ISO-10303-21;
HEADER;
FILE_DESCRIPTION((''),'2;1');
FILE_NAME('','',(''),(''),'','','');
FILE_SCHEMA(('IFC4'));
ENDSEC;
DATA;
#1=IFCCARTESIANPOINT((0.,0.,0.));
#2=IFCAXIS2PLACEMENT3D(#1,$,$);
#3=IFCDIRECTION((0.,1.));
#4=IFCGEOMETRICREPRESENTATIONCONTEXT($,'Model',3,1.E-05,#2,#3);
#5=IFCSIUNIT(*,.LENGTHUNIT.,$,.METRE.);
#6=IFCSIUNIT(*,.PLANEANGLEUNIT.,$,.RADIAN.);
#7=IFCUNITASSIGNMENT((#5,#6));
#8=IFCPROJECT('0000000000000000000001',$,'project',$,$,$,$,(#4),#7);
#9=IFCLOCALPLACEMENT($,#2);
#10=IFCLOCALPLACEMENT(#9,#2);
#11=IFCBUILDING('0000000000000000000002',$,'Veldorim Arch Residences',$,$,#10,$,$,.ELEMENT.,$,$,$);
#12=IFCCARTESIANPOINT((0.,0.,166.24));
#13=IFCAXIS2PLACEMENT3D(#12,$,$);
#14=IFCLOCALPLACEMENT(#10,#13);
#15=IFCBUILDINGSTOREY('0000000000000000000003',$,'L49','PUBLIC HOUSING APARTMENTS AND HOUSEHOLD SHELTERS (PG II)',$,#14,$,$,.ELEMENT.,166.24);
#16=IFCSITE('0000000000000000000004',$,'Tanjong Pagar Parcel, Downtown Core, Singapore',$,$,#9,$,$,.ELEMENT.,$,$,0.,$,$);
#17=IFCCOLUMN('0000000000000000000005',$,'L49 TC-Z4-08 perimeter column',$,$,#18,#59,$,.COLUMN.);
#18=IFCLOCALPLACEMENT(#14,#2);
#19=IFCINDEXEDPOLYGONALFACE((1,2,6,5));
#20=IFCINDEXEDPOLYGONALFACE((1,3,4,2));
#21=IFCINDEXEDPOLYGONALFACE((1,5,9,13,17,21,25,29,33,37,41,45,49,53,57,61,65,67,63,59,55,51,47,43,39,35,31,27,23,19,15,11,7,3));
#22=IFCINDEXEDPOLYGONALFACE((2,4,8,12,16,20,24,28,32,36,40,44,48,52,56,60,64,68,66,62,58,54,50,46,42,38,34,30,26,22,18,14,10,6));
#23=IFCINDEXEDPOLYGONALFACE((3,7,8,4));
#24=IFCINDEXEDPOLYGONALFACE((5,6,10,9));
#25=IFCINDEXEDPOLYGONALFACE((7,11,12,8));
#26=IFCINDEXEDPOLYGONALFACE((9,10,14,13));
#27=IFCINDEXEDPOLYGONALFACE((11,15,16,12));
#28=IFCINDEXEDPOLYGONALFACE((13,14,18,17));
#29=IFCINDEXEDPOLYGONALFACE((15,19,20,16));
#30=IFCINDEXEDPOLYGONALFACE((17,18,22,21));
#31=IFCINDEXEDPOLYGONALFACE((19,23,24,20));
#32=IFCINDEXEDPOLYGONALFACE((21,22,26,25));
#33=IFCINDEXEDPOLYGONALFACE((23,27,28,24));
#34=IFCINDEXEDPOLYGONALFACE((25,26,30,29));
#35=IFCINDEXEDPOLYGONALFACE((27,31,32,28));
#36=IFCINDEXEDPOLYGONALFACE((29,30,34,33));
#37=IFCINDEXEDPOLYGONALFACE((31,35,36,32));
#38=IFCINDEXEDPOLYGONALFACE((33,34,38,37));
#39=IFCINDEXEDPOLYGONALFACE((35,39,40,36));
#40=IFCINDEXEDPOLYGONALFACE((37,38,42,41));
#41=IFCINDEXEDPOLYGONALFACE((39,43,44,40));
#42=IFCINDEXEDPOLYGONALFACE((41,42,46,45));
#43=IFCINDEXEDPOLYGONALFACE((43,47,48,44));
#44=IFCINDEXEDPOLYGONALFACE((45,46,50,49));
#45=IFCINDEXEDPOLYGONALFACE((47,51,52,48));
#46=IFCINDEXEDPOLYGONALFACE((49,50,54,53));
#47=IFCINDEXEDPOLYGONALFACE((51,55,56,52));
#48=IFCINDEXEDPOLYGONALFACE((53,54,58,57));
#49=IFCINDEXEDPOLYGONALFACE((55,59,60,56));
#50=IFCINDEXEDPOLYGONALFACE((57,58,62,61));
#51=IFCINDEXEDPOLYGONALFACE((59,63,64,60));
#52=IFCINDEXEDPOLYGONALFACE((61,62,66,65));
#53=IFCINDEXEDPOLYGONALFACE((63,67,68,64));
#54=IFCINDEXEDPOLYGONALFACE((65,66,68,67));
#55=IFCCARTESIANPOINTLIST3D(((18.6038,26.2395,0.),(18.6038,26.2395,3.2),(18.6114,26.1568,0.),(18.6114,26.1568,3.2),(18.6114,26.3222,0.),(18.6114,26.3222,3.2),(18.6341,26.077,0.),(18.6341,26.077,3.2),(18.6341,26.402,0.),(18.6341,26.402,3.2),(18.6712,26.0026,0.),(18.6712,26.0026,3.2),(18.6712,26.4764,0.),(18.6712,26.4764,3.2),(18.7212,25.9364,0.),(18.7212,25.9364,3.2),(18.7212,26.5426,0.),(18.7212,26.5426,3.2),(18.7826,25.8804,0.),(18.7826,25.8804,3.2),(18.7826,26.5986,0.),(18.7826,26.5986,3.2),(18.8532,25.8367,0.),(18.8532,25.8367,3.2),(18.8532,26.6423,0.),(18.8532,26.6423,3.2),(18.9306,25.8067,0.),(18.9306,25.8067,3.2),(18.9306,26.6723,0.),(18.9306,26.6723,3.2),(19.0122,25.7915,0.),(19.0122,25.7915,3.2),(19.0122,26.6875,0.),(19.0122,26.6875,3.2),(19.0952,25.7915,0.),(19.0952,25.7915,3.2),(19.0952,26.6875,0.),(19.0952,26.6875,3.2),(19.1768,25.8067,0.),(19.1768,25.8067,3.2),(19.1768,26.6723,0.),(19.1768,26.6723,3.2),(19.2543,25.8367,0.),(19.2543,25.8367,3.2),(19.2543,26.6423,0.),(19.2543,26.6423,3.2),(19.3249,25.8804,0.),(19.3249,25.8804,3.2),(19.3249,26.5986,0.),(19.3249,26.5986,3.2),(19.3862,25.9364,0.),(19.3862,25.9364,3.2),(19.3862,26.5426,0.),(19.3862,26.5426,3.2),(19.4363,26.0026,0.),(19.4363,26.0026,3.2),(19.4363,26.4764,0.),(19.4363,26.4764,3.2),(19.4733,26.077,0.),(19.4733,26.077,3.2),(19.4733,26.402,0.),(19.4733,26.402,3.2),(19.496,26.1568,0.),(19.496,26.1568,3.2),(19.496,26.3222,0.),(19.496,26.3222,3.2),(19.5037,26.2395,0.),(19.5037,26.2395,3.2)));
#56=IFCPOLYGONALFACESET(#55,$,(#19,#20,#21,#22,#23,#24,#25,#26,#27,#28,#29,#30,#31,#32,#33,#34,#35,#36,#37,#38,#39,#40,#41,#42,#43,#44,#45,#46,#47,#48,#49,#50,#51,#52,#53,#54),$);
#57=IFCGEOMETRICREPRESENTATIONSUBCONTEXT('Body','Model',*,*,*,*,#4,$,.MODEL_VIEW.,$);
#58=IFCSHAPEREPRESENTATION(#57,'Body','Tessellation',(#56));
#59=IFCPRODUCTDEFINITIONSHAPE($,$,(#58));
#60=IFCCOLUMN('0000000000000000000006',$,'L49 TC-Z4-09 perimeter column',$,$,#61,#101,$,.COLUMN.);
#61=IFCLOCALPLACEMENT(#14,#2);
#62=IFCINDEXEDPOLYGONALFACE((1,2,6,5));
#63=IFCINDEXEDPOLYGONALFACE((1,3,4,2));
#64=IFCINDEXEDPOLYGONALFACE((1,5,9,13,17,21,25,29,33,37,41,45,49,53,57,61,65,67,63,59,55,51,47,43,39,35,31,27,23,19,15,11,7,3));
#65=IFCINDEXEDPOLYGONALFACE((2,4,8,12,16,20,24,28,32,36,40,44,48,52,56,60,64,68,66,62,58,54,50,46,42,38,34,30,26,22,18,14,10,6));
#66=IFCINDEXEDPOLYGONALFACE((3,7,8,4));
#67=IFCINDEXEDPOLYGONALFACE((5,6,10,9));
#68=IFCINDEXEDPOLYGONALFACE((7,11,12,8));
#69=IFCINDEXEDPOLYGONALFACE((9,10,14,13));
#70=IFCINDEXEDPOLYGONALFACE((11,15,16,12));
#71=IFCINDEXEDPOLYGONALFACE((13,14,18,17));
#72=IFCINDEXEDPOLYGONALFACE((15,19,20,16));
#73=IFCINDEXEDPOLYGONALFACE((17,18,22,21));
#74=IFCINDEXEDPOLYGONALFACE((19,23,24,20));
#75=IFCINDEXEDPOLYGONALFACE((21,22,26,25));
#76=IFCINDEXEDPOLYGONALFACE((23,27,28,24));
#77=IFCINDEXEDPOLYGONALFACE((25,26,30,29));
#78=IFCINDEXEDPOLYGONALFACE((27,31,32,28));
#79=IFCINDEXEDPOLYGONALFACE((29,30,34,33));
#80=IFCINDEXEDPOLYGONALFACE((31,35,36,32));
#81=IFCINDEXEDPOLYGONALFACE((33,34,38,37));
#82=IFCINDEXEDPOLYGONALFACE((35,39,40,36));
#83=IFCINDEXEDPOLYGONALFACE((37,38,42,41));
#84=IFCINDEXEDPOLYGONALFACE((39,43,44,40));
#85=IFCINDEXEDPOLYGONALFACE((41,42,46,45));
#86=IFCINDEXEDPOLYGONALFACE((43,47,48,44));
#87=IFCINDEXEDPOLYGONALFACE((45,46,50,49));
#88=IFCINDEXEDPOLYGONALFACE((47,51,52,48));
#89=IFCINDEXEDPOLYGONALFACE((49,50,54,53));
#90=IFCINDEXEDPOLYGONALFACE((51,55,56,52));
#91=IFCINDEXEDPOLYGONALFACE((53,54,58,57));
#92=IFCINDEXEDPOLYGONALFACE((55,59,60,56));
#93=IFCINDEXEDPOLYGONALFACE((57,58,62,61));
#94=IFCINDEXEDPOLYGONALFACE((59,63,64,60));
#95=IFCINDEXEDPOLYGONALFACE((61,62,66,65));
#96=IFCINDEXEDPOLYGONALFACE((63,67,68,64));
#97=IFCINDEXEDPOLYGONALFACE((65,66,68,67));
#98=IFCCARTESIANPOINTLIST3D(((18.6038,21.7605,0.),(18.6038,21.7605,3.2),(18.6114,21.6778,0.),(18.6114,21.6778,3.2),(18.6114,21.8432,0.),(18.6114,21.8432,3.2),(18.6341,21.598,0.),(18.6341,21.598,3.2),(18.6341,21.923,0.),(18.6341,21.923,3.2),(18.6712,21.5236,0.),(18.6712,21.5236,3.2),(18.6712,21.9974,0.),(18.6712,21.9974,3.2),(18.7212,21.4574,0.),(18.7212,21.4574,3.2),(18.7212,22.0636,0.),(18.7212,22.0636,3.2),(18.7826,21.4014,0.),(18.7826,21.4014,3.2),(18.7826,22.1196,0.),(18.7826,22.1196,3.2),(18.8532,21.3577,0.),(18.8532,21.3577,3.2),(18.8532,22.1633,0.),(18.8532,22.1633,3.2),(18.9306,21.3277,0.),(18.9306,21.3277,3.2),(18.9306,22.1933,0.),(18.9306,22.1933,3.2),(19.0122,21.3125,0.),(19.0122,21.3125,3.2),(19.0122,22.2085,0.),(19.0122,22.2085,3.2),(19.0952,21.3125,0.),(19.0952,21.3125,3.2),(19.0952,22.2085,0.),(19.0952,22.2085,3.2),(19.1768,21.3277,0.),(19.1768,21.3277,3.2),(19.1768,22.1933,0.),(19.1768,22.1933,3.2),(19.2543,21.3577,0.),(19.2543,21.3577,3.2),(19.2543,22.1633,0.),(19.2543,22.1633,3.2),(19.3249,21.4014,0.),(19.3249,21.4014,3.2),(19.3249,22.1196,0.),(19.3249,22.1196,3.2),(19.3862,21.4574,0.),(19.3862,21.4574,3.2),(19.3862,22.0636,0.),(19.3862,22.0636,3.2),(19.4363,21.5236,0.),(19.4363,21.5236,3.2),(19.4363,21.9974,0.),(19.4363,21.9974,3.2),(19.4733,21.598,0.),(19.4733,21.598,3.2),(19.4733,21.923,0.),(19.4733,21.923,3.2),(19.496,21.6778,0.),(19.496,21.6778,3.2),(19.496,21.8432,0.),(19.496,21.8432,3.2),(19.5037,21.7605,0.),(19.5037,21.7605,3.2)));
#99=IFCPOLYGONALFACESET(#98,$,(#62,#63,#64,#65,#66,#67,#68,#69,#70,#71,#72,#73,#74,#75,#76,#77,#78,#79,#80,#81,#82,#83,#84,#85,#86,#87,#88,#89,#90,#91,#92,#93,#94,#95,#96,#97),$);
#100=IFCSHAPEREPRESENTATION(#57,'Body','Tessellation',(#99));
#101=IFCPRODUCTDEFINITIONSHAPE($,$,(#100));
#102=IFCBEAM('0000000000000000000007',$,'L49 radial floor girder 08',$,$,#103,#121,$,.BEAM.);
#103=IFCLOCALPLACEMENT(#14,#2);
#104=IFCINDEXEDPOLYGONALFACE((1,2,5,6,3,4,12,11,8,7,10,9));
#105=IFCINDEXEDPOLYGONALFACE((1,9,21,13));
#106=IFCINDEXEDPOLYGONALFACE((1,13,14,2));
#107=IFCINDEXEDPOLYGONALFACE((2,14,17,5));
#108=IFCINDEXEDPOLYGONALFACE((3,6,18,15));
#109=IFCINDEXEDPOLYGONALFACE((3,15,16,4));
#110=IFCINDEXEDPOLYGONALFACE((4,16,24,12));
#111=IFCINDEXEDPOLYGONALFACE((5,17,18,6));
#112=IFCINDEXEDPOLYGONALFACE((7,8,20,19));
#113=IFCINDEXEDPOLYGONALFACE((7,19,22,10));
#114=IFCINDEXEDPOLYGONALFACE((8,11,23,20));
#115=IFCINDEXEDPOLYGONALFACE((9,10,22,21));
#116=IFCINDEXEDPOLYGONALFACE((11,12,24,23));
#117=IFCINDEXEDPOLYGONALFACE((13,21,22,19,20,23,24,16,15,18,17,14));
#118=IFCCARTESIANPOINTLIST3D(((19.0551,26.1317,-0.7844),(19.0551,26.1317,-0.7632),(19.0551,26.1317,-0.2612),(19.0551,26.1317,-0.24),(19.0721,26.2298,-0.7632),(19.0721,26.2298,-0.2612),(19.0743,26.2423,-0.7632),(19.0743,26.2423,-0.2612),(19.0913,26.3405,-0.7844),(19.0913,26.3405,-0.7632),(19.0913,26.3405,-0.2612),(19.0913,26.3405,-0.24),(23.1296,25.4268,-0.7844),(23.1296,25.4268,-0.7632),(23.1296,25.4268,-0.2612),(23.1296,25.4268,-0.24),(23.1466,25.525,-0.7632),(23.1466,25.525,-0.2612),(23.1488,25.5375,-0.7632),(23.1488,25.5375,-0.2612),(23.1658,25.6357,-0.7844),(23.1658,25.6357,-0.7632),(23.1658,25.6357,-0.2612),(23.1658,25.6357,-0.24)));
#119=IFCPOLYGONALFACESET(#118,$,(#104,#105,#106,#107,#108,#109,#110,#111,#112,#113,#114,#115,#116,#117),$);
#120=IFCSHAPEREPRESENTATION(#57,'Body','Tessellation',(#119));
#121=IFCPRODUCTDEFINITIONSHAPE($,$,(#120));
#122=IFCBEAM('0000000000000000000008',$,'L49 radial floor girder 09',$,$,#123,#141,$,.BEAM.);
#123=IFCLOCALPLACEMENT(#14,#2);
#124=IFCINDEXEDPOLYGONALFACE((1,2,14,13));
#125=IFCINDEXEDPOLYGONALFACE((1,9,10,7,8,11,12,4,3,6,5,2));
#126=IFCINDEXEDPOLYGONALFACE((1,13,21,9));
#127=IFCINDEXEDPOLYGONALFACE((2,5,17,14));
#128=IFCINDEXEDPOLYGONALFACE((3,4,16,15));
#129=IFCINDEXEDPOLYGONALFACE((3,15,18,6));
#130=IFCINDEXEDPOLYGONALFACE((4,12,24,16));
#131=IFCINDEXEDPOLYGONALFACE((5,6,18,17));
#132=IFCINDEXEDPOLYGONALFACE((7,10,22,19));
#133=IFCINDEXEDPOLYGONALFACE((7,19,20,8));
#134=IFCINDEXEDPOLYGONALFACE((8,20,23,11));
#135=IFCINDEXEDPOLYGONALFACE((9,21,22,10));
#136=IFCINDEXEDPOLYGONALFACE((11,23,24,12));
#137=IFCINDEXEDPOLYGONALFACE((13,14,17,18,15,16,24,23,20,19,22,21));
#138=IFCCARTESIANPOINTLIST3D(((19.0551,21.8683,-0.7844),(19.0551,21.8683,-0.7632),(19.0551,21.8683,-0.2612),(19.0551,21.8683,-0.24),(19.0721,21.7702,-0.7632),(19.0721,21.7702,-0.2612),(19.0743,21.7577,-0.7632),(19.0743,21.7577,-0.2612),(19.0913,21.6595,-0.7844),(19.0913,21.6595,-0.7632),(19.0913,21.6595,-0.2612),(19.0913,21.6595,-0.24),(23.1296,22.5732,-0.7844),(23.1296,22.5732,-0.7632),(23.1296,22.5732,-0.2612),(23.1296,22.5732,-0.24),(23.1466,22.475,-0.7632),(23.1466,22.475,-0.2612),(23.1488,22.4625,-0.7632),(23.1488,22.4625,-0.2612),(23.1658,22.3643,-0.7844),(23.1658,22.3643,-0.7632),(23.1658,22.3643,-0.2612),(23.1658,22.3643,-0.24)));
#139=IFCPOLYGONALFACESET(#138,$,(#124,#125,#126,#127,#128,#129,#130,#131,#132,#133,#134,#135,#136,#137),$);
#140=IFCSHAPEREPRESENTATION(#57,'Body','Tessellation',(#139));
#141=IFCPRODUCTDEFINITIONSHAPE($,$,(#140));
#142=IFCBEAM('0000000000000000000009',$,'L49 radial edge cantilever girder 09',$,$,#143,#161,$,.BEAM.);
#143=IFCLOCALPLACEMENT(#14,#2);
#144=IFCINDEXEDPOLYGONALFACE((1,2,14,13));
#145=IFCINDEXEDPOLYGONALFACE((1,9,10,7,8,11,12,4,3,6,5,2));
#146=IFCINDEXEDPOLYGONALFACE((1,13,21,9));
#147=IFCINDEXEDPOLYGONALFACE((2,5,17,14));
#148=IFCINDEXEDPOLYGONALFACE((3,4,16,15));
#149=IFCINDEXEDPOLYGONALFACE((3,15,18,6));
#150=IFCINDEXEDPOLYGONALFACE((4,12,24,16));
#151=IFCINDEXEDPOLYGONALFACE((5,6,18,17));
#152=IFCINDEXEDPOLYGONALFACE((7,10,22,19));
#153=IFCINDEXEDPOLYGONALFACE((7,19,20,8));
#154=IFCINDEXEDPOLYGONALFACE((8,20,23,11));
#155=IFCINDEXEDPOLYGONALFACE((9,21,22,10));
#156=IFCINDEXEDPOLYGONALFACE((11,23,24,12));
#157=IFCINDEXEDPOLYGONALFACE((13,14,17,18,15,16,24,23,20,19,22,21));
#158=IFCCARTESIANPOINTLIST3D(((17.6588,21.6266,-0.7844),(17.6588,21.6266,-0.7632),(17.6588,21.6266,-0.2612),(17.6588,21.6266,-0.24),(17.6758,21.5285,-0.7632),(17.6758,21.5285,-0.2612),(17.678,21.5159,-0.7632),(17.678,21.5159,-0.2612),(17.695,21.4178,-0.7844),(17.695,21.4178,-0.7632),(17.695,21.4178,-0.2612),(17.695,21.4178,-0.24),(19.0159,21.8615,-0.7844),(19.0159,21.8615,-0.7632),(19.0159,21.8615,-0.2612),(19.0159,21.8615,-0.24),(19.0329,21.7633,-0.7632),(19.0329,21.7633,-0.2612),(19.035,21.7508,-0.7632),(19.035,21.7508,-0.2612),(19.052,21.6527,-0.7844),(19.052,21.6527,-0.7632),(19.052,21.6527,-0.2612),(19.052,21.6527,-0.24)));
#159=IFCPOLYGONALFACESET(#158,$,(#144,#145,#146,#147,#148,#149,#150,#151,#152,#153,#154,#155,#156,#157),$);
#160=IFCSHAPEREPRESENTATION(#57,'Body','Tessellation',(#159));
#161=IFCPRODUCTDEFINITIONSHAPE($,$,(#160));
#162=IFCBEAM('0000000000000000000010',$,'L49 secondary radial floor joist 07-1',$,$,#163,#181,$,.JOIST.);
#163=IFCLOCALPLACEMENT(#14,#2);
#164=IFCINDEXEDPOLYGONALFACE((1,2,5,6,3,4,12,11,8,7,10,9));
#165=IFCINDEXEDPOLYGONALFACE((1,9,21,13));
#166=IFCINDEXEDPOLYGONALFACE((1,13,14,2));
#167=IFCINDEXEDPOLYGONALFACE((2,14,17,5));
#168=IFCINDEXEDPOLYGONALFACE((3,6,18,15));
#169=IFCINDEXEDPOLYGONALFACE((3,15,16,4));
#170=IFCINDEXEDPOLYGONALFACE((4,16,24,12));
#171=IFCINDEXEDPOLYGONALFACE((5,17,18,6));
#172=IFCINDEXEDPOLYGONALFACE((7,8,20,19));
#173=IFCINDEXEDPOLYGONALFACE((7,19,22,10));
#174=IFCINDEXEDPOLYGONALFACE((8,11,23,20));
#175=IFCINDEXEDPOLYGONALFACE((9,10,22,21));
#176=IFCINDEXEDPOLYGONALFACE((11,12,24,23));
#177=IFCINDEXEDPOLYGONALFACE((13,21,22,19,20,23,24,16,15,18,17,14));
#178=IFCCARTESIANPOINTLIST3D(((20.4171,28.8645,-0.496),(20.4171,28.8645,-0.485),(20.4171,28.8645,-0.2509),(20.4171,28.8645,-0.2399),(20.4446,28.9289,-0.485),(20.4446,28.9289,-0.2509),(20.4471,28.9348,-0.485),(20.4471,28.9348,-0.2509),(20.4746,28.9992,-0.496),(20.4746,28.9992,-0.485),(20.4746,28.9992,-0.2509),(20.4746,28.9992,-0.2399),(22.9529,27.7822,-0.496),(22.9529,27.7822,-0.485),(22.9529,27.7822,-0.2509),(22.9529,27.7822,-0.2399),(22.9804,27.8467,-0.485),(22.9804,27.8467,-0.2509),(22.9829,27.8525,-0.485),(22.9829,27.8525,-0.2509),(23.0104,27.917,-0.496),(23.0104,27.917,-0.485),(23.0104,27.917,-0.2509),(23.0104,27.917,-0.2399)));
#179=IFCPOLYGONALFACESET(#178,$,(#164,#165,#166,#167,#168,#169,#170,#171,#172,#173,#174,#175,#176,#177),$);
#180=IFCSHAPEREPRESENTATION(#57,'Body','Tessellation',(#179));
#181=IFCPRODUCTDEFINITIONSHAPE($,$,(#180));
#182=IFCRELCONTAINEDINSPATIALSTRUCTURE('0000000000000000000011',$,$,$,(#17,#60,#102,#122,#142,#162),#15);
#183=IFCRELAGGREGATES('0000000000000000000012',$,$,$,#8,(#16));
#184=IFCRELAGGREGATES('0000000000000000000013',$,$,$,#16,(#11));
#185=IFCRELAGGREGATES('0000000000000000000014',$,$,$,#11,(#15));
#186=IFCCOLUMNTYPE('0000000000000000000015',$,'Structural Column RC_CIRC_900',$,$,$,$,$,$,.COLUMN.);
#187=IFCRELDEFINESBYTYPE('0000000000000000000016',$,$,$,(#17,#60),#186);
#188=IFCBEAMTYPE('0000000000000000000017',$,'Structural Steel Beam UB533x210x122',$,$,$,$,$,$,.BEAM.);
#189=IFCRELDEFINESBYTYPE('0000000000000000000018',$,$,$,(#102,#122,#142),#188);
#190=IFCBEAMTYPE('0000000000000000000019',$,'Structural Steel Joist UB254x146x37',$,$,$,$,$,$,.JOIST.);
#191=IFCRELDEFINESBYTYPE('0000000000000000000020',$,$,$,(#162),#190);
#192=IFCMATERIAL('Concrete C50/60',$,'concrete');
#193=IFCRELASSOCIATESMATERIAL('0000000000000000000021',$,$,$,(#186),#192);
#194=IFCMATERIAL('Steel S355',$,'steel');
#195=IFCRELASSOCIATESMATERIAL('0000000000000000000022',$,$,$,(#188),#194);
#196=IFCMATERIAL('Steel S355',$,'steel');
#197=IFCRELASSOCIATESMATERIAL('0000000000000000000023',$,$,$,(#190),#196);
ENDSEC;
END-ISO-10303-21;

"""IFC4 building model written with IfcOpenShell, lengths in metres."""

from ifc_helpers import new_model, si_unit, direction, frame, origin, origin_2d, place, context, subcontext, project, spatial, circle, i_section, extrude, material, material_profile, profile_set, type_object, element, save


model = new_model("IFC4")

# Units and contexts
model_context = context("Model", 3, precision=1e-05, world=origin(), true_north=direction((0.0, 1.0)))
body_context = subcontext(model_context, "Body", "Model", "MODEL_VIEW")
ifc_project = project(units=[si_unit("LENGTHUNIT", "METRE"), si_unit("PLANEANGLEUNIT", "RADIAN")], contexts=[model_context])

# Site, building, storey
site_placement = place(None, origin())
site = spatial("IfcSite", under=ifc_project, at=site_placement, Name="Tanjong Pagar Parcel, Downtown Core, Singapore", CompositionType="ELEMENT", RefElevation=0.0)
building_placement = place(site_placement, origin())
building = spatial("IfcBuilding", under=site, at=building_placement, Name="Veldorim Arch Residences", CompositionType="ELEMENT")
storey_placement = place(building_placement, frame((0.0, 0.0, 166.24)))
storey = spatial("IfcBuildingStorey", under=building, at=storey_placement, Name="L49", Description="PUBLIC HOUSING APARTMENTS AND HOUSEHOLD SHELTERS (PG II)", CompositionType="ELEMENT", Elevation=166.24)

# Columns
ifc_material_1 = material(Name="Concrete C50/60", Category="concrete")
ifc_material_profile_1 = material_profile(ifc_material_1, circle(Radius=0.45, at=origin_2d()), Name="RC_CIRC_900")
ifc_profile_set_1 = profile_set([ifc_material_profile_1], Name="Concrete C50/60")
column_type = type_object("IfcColumnType", Name="Structural Column RC_CIRC_900", PredefinedType="COLUMN", material=ifc_profile_set_1)
for number, where, z_axis, x_axis, name in (
    (1, (19.0537, 26.2395, 0.0), (0.0, 0.0, 1.0), (1.0, 0.0, 0.0), "L49 TC-Z4-08 perimeter column"),
    (2, (19.0537, 21.7605, 0.0), (0.0, 0.0, 1.0), (1.0, 0.0, 0.0), "L49 TC-Z4-09 perimeter column"),
):
    element("IfcColumn", number, at=place(storey_placement, frame(where, z_axis=z_axis, x_axis=x_axis)), inside=storey, type_object=column_type, Name=name, PredefinedType="COLUMN", context=body_context, shape_type="SweptSolid", body=[
        extrude(circle(Radius=0.45, at=origin_2d()), origin(), (0.0, 0.0, 1.0), 3.2),
    ])

# Beams
ifc_material_2 = material(Name="Steel S355", Category="steel")
ifc_material_profile_2 = material_profile(ifc_material_2, i_section(OverallWidth=0.2119, OverallDepth=0.5444, WebThickness=0.0127, FlangeThickness=0.0212, at=origin_2d()), Name="UB533x210x122")
ifc_profile_set_2 = profile_set([ifc_material_profile_2], Name="Steel S355")
beam_type_1 = type_object("IfcBeamType", Name="Structural Steel Beam UB533x210x122", PredefinedType="BEAM", material=ifc_profile_set_2)
for number, where, z_axis, x_axis, name in (
    (3, (23.1477, 25.5312, -0.5122), (-0.985365, 0.170457, 0.0), (-0.170457, -0.985365, 0.0), "L49 radial floor girder 08"),
    (4, (23.1477, 22.4688, -0.5122), (-0.985365, -0.170457, 0.0), (0.170457, -0.985365, 0.0), "L49 radial floor girder 09"),
):
    element("IfcBeam", number, at=place(storey_placement, frame(where, z_axis=z_axis, x_axis=x_axis)), inside=storey, type_object=beam_type_1, Name=name, PredefinedType="BEAM", context=body_context, shape_type="SweptSolid", body=[
        extrude(i_section(OverallWidth=0.2119, OverallDepth=0.5444, WebThickness=0.0127, FlangeThickness=0.0212, at=origin_2d()), origin(), (0.0, 0.0, 1.0), 4.135),
    ])
beam_1_placement = place(storey_placement, frame((19.0339, 21.7571, -0.5122), z_axis=(-0.985349, -0.170548, 0.0), x_axis=(0.170548, -0.985349, 0.0)))
element("IfcBeam", 5, at=beam_1_placement, inside=storey, type_object=beam_type_1, Name="L49 radial edge cantilever girder 09", PredefinedType="BEAM", context=body_context, shape_type="SweptSolid", body=[
    extrude(i_section(OverallWidth=0.2119, OverallDepth=0.5444, WebThickness=0.0127, FlangeThickness=0.0212, at=origin_2d()), origin(), (0.0, 0.0, 1.0), 1.3772),
])
ifc_material_3 = material(Name="Steel S355", Category="steel")
ifc_material_profile_3 = material_profile(ifc_material_3, i_section(OverallWidth=0.1465, OverallDepth=0.2561, WebThickness=0.0063, FlangeThickness=0.011, at=origin_2d()), Name="UB254x146x37")
ifc_profile_set_3 = profile_set([ifc_material_profile_3], Name="Steel S355")
beam_type_2 = type_object("IfcBeamType", Name="Structural Steel Joist UB254x146x37", PredefinedType="JOIST", material=ifc_profile_set_3)
beam_2_placement = place(storey_placement, frame((22.9817, 27.8496, -0.3679), z_axis=(-0.919739, 0.39253, 0.0), x_axis=(-0.39253, -0.919739, 0.0)))
element("IfcBeam", 6, at=beam_2_placement, inside=storey, type_object=beam_type_2, Name="L49 secondary radial floor joist 07-1", PredefinedType="JOIST", context=body_context, shape_type="SweptSolid", body=[
    extrude(i_section(OverallWidth=0.1465, OverallDepth=0.2561, WebThickness=0.0063, FlangeThickness=0.011, at=origin_2d()), origin(), (0.0, 0.0, 1.0), 2.7571),
])

save(model, "model.ifc")
